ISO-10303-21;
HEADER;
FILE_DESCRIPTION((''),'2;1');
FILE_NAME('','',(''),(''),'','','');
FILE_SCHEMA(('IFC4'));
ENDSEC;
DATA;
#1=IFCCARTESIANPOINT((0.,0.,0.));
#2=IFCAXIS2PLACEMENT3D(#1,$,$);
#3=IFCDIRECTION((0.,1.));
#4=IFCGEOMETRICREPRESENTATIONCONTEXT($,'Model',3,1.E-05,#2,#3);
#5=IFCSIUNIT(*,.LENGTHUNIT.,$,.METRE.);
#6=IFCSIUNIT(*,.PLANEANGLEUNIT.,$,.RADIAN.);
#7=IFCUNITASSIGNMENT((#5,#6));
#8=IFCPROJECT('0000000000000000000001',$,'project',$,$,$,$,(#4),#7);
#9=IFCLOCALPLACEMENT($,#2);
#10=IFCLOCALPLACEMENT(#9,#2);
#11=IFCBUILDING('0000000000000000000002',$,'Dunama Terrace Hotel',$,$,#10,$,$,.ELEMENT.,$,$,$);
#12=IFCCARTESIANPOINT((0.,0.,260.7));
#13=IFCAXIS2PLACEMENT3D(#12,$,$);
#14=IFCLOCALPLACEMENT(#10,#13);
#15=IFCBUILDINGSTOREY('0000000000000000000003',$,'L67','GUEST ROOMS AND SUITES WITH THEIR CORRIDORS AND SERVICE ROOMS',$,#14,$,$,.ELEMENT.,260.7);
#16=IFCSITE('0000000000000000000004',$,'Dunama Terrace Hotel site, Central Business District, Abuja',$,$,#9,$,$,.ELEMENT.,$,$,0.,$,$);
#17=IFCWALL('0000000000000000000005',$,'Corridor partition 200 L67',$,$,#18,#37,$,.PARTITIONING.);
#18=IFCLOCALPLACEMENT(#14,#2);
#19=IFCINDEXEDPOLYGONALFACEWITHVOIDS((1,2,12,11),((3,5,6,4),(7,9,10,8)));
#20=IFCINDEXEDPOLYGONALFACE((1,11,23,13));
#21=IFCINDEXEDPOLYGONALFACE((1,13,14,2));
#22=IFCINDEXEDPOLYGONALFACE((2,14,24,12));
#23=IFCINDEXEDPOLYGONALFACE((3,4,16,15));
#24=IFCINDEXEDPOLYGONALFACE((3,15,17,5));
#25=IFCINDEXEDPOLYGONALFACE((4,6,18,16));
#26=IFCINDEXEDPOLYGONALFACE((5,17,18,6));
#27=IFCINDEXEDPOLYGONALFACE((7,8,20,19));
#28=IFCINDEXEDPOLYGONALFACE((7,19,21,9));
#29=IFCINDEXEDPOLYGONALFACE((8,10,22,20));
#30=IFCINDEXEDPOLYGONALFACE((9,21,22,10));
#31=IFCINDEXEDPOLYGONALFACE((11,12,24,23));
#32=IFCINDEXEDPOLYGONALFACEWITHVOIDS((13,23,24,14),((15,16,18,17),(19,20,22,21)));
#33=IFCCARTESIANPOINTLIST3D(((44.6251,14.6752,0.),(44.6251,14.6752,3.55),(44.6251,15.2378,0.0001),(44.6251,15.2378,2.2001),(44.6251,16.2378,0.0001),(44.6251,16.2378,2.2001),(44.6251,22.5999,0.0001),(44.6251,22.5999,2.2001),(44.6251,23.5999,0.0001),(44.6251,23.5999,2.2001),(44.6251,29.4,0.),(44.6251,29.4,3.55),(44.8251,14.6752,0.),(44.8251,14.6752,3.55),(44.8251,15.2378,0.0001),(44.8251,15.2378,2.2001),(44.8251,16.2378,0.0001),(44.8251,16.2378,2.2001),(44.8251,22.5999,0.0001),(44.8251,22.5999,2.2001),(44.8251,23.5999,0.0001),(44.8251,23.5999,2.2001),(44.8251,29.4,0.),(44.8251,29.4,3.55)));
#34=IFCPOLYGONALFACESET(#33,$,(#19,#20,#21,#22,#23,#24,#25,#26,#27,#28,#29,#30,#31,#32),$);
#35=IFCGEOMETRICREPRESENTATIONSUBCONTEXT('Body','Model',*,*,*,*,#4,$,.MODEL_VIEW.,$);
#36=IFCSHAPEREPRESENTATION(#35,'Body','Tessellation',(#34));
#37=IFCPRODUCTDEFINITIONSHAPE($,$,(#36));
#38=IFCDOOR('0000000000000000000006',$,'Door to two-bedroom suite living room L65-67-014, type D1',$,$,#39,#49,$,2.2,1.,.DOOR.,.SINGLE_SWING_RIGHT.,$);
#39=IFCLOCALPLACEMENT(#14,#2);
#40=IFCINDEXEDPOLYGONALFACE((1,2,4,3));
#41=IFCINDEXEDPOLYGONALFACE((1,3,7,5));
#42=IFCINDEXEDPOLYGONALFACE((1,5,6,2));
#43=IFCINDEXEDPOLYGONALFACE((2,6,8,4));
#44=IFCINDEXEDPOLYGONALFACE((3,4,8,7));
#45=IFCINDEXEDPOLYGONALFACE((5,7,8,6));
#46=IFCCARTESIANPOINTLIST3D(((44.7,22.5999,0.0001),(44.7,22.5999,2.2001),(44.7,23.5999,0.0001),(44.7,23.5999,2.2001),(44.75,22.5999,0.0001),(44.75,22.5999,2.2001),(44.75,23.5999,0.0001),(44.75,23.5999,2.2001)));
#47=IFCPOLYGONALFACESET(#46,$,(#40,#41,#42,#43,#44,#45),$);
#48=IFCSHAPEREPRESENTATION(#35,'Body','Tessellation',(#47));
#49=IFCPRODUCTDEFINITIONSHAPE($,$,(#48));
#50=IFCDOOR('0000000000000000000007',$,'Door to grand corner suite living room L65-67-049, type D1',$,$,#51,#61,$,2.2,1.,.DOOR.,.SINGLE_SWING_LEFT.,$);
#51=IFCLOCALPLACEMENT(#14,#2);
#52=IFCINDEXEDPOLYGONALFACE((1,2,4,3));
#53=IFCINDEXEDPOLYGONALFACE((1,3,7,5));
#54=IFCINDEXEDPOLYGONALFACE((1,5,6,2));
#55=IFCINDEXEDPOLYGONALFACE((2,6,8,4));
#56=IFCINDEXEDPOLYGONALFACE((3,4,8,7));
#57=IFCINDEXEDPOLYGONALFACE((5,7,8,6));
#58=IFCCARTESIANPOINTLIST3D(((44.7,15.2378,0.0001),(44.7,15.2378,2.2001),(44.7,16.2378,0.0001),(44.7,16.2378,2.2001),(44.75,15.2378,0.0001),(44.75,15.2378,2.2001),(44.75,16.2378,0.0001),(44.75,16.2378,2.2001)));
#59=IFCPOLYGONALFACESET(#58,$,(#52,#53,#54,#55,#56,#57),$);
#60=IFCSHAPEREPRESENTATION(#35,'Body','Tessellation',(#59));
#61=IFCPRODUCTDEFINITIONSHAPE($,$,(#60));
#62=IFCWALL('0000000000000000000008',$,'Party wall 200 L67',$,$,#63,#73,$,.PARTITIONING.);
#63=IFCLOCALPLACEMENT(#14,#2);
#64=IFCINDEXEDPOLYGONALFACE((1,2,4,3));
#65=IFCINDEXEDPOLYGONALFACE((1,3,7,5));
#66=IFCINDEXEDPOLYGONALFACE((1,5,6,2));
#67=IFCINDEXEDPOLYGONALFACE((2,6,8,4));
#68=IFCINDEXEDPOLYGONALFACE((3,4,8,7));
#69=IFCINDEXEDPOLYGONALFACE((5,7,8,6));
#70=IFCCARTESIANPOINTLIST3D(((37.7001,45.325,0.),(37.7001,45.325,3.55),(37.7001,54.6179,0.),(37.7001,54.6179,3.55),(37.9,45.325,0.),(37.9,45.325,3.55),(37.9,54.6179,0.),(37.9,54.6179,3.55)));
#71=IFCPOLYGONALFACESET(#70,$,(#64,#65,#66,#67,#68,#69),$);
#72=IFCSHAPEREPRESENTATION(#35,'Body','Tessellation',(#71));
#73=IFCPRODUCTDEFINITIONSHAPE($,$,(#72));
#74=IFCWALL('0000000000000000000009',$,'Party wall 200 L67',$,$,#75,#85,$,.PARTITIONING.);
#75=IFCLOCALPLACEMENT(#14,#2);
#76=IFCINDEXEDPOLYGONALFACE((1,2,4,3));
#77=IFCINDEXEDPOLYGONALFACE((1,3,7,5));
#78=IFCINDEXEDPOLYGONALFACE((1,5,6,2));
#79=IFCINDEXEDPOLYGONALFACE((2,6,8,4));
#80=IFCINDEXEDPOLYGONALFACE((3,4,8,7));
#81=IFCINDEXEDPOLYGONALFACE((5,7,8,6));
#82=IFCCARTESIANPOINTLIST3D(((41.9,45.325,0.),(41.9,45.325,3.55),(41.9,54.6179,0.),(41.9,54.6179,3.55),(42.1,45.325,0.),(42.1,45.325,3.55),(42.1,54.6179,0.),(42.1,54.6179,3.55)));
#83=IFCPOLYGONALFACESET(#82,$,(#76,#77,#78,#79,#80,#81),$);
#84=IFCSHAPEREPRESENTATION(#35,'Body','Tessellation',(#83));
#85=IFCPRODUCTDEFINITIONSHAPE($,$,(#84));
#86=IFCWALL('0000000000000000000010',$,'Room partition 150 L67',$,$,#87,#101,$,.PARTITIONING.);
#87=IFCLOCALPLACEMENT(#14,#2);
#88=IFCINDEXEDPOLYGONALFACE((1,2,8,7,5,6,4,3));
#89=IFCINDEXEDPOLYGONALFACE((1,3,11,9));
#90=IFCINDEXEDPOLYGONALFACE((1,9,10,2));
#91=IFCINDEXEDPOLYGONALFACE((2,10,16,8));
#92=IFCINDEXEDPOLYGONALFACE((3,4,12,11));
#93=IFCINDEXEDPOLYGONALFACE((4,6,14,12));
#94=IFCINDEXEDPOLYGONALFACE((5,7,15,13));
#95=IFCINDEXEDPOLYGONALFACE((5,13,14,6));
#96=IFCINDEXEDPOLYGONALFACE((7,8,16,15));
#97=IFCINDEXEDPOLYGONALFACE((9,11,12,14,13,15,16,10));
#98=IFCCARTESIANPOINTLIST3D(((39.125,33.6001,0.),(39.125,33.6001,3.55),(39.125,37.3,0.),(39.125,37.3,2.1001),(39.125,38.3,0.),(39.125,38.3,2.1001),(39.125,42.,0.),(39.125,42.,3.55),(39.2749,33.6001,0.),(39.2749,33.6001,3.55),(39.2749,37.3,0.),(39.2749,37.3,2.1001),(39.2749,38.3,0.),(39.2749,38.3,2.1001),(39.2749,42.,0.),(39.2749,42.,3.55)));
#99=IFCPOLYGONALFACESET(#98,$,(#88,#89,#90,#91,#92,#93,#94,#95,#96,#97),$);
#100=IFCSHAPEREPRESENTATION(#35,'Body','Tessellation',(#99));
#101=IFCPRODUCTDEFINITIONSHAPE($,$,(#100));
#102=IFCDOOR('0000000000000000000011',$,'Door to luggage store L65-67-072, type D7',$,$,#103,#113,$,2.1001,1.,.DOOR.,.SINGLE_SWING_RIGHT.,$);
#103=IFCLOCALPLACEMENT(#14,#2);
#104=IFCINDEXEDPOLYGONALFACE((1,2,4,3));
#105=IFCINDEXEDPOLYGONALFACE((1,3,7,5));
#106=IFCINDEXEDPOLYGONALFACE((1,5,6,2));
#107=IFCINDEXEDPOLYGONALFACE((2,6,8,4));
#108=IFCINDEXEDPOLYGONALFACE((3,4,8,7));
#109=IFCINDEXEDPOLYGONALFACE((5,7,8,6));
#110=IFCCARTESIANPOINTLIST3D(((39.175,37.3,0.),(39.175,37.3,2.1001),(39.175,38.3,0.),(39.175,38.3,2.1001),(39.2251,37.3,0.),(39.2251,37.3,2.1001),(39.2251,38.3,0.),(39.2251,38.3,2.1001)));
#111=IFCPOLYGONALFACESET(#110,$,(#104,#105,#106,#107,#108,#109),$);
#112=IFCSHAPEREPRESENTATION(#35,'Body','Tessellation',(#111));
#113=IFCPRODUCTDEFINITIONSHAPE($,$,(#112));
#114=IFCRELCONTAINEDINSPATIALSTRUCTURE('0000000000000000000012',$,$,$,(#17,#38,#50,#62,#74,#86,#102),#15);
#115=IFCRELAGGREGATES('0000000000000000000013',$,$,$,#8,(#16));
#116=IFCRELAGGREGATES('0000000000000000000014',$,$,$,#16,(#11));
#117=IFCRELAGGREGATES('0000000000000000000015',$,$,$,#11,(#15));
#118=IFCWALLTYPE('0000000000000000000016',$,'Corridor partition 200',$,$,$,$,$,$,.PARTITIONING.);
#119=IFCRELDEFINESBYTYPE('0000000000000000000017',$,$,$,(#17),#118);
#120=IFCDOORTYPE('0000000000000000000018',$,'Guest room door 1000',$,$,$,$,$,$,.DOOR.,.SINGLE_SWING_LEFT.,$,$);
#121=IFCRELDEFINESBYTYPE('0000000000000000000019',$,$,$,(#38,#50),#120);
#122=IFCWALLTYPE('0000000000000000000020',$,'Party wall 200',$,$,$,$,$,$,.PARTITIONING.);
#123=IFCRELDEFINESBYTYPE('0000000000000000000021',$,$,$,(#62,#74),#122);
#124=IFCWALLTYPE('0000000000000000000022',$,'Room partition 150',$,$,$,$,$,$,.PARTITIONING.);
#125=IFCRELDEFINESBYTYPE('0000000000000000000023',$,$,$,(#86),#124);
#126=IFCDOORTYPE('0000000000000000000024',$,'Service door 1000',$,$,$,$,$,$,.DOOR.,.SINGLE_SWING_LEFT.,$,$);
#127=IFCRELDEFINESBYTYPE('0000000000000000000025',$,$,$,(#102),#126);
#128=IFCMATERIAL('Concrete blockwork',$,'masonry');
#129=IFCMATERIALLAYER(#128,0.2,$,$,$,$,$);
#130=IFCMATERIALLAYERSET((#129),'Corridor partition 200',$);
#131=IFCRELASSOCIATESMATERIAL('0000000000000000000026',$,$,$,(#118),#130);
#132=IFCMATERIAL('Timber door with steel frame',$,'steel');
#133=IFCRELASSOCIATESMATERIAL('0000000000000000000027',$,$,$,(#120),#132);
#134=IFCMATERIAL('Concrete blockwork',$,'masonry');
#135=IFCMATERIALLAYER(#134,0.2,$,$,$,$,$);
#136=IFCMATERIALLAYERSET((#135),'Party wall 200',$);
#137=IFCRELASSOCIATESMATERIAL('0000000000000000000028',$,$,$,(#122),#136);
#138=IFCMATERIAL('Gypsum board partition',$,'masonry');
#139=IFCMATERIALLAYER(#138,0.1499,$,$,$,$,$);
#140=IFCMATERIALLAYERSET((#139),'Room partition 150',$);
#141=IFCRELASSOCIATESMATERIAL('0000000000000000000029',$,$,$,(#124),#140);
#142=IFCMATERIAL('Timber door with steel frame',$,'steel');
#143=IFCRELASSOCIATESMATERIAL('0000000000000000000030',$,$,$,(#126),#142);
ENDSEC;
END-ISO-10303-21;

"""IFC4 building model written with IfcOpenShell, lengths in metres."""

from ifc_helpers import new_model, si_unit, direction, frame, frame_2d, origin, place, context, subcontext, project, spatial, rectangle, extrude, material, layer, layer_set, type_object, element, fill, save


model = new_model("IFC4")

# Units and contexts
model_context = context("Model", 3, precision=1e-05, world=origin(), true_north=direction((0.0, 1.0)))
body_context = subcontext(model_context, "Body", "Model", "MODEL_VIEW")
ifc_project = project(units=[si_unit("LENGTHUNIT", "METRE"), si_unit("PLANEANGLEUNIT", "RADIAN")], contexts=[model_context])

# Site, building, storey
site_placement = place(None, origin())
site = spatial("IfcSite", under=ifc_project, at=site_placement, Name="Dunama Terrace Hotel site, Central Business District, Abuja", CompositionType="ELEMENT", RefElevation=0.0)
building_placement = place(site_placement, origin())
building = spatial("IfcBuilding", under=site, at=building_placement, Name="Dunama Terrace Hotel", CompositionType="ELEMENT")
storey_placement = place(building_placement, frame((0.0, 0.0, 260.7)))
storey = spatial("IfcBuildingStorey", under=building, at=storey_placement, Name="L67", Description="GUEST ROOMS AND SUITES WITH THEIR CORRIDORS AND SERVICE ROOMS", CompositionType="ELEMENT", Elevation=260.7)

# Shared definitions
ifc_material_1 = material(Name="Concrete blockwork", Category="masonry")
ifc_layer_1 = layer(ifc_material_1, 0.2)
ifc_layer_set_1 = layer_set([ifc_layer_1], Name="Corridor partition 200")
wall_type_1 = type_object("IfcWallType", Name="Corridor partition 200", PredefinedType="PARTITIONING", material=ifc_layer_set_1)

# Wall, openings, doors
wall_1_placement = place(storey_placement, frame((44.7251, 29.3999, 0.0), z_axis=(0.0, 0.0, 1.0), x_axis=(0.0, -1.0, 0.0)))
wall_1 = element("IfcWall", 1, at=wall_1_placement, inside=storey, type_object=wall_type_1, Name="Corridor partition 200 L67", PredefinedType="PARTITIONING", context=body_context, shape_type="SweptSolid", body=[
    extrude(rectangle(XDim=14.7249, YDim=0.2, at=frame_2d((7.3623, 0.0))), origin(), (0.0, 0.0, 1.0), 3.55),
])
opening_1_placement = place(wall_1_placement, frame((5.8, 0.0, 0.0)))
opening_1 = element("IfcOpeningElement", 2, at=opening_1_placement, cuts=wall_1, PredefinedType="OPENING", context=body_context, shape_type="SweptSolid", body=[
    extrude(rectangle(XDim=1.0, YDim=2.2, at=frame_2d((0.5, 1.1001))), frame((0.0, 0.1099, 0.0), z_axis=(0.0, -1.0, 0.0), x_axis=(1.0, 0.0, 0.0)), (0.0, 0.0, 1.0), 0.22),
])
opening_2_placement = place(wall_1_placement, frame((13.1621, 0.0, 0.0)))
opening_2 = element("IfcOpeningElement", 3, at=opening_2_placement, cuts=wall_1, PredefinedType="OPENING", context=body_context, shape_type="SweptSolid", body=[
    extrude(rectangle(XDim=1.0, YDim=2.2, at=frame_2d((0.5, 1.1001))), frame((0.0, 0.1099, 0.0), z_axis=(0.0, -1.0, 0.0), x_axis=(1.0, 0.0, 0.0)), (0.0, 0.0, 1.0), 0.22),
])
ifc_material_2 = material(Name="Timber door with steel frame", Category="steel")
door_type_1 = type_object("IfcDoorType", Name="Guest room door 1000", OperationType="SINGLE_SWING_LEFT", PredefinedType="DOOR", material=ifc_material_2)
door_1_placement = place(opening_1_placement, origin())
door_1 = element("IfcDoor", 4, at=door_1_placement, inside=storey, type_object=door_type_1, Name="Door to two-bedroom suite living room L65-67-014, type D1", OperationType="SINGLE_SWING_RIGHT", OverallHeight=2.2, OverallWidth=1.0, PredefinedType="DOOR", context=body_context, shape_type="SweptSolid", body=[
    extrude(rectangle(XDim=1.0, YDim=2.2, at=frame_2d((0.5, 1.1001))), frame((0.0, 0.0249, 0.0), z_axis=(0.0, -1.0, 0.0), x_axis=(1.0, 0.0, 0.0)), (0.0, 0.0, 1.0), 0.05),
])
fill(opening_1, door_1)
door_2_placement = place(opening_2_placement, origin())
door_2 = element("IfcDoor", 5, at=door_2_placement, inside=storey, type_object=door_type_1, Name="Door to grand corner suite living room L65-67-049, type D1", OperationType="SINGLE_SWING_LEFT", OverallHeight=2.2, OverallWidth=1.0, PredefinedType="DOOR", context=body_context, shape_type="SweptSolid", body=[
    extrude(rectangle(XDim=1.0, YDim=2.2, at=frame_2d((0.5, 1.1001))), frame((0.0, 0.0249, 0.0), z_axis=(0.0, -1.0, 0.0), x_axis=(1.0, 0.0, 0.0)), (0.0, 0.0, 1.0), 0.05),
])
fill(opening_2, door_2)

# Walls
ifc_material_3 = material(Name="Concrete blockwork", Category="masonry")
ifc_layer_2 = layer(ifc_material_3, 0.2)
ifc_layer_set_2 = layer_set([ifc_layer_2], Name="Party wall 200")
wall_type_2 = type_object("IfcWallType", Name="Party wall 200", PredefinedType="PARTITIONING", material=ifc_layer_set_2)
for number, where, z_axis, x_axis, name in (
    (6, (37.8, 45.325, 0.0), (0.0, 0.0, 1.0), (0.0, 1.0, 0.0), "Party wall 200 L67"),
    (7, (42.0, 45.325, 0.0), (0.0, 0.0, 1.0), (0.0, 1.0, 0.0), "Party wall 200 L67"),
):
    element("IfcWall", number, at=place(storey_placement, frame(where, z_axis=z_axis, x_axis=x_axis)), inside=storey, type_object=wall_type_2, Name=name, PredefinedType="PARTITIONING", context=body_context, shape_type="SweptSolid", body=[
        extrude(rectangle(XDim=9.293, YDim=0.2, at=frame_2d((4.6465, 0.0))), origin(), (0.0, 0.0, 1.0), 3.55),
    ])

# Wall, opening, door
ifc_material_4 = material(Name="Gypsum board partition", Category="masonry")
ifc_layer_3 = layer(ifc_material_4, 0.1499)
ifc_layer_set_3 = layer_set([ifc_layer_3], Name="Room partition 150")
wall_type_3 = type_object("IfcWallType", Name="Room partition 150", PredefinedType="PARTITIONING", material=ifc_layer_set_3)
wall_2_placement = place(storey_placement, frame((39.2, 33.6001, 0.0), z_axis=(0.0, 0.0, 1.0), x_axis=(0.0, 1.0, 0.0)))
wall_2 = element("IfcWall", 8, at=wall_2_placement, inside=storey, type_object=wall_type_3, Name="Room partition 150 L67", PredefinedType="PARTITIONING", context=body_context, shape_type="SweptSolid", body=[
    extrude(rectangle(XDim=8.3999, YDim=0.1499, at=frame_2d((4.2, 0.0))), origin(), (0.0, 0.0, 1.0), 3.55),
])
opening_3_placement = place(wall_2_placement, frame((3.7, 0.0, 0.0)))
opening_3 = element("IfcOpeningElement", 9, at=opening_3_placement, cuts=wall_2, PredefinedType="OPENING", context=body_context, shape_type="SweptSolid", body=[
    extrude(rectangle(XDim=1.0, YDim=2.1001, at=frame_2d((0.5, 1.05))), frame((0.0, 0.085, 0.0), z_axis=(0.0, -1.0, 0.0), x_axis=(1.0, 0.0, 0.0)), (0.0, 0.0, 1.0), 0.1699),
])
ifc_material_5 = material(Name="Timber door with steel frame", Category="steel")
door_type_2 = type_object("IfcDoorType", Name="Service door 1000", OperationType="SINGLE_SWING_LEFT", PredefinedType="DOOR", material=ifc_material_5)
door_3_placement = place(opening_3_placement, frame((1.0, 0.0, 0.0), z_axis=(0.0, 0.0, 1.0), x_axis=(-1.0, 0.0, 0.0)))
door_3 = element("IfcDoor", 10, at=door_3_placement, inside=storey, type_object=door_type_2, Name="Door to luggage store L65-67-072, type D7", OperationType="SINGLE_SWING_RIGHT", OverallHeight=2.1001, OverallWidth=1.0, PredefinedType="DOOR", context=body_context, shape_type="SweptSolid", body=[
    extrude(rectangle(XDim=1.0, YDim=2.1001, at=frame_2d((0.5, 1.05))), frame((0.0, 0.0251, 0.0), z_axis=(0.0, -1.0, 0.0), x_axis=(1.0, 0.0, 0.0)), (0.0, 0.0, 1.0), 0.05),
])
fill(opening_3, door_3)

save(model, "model.ifc")
